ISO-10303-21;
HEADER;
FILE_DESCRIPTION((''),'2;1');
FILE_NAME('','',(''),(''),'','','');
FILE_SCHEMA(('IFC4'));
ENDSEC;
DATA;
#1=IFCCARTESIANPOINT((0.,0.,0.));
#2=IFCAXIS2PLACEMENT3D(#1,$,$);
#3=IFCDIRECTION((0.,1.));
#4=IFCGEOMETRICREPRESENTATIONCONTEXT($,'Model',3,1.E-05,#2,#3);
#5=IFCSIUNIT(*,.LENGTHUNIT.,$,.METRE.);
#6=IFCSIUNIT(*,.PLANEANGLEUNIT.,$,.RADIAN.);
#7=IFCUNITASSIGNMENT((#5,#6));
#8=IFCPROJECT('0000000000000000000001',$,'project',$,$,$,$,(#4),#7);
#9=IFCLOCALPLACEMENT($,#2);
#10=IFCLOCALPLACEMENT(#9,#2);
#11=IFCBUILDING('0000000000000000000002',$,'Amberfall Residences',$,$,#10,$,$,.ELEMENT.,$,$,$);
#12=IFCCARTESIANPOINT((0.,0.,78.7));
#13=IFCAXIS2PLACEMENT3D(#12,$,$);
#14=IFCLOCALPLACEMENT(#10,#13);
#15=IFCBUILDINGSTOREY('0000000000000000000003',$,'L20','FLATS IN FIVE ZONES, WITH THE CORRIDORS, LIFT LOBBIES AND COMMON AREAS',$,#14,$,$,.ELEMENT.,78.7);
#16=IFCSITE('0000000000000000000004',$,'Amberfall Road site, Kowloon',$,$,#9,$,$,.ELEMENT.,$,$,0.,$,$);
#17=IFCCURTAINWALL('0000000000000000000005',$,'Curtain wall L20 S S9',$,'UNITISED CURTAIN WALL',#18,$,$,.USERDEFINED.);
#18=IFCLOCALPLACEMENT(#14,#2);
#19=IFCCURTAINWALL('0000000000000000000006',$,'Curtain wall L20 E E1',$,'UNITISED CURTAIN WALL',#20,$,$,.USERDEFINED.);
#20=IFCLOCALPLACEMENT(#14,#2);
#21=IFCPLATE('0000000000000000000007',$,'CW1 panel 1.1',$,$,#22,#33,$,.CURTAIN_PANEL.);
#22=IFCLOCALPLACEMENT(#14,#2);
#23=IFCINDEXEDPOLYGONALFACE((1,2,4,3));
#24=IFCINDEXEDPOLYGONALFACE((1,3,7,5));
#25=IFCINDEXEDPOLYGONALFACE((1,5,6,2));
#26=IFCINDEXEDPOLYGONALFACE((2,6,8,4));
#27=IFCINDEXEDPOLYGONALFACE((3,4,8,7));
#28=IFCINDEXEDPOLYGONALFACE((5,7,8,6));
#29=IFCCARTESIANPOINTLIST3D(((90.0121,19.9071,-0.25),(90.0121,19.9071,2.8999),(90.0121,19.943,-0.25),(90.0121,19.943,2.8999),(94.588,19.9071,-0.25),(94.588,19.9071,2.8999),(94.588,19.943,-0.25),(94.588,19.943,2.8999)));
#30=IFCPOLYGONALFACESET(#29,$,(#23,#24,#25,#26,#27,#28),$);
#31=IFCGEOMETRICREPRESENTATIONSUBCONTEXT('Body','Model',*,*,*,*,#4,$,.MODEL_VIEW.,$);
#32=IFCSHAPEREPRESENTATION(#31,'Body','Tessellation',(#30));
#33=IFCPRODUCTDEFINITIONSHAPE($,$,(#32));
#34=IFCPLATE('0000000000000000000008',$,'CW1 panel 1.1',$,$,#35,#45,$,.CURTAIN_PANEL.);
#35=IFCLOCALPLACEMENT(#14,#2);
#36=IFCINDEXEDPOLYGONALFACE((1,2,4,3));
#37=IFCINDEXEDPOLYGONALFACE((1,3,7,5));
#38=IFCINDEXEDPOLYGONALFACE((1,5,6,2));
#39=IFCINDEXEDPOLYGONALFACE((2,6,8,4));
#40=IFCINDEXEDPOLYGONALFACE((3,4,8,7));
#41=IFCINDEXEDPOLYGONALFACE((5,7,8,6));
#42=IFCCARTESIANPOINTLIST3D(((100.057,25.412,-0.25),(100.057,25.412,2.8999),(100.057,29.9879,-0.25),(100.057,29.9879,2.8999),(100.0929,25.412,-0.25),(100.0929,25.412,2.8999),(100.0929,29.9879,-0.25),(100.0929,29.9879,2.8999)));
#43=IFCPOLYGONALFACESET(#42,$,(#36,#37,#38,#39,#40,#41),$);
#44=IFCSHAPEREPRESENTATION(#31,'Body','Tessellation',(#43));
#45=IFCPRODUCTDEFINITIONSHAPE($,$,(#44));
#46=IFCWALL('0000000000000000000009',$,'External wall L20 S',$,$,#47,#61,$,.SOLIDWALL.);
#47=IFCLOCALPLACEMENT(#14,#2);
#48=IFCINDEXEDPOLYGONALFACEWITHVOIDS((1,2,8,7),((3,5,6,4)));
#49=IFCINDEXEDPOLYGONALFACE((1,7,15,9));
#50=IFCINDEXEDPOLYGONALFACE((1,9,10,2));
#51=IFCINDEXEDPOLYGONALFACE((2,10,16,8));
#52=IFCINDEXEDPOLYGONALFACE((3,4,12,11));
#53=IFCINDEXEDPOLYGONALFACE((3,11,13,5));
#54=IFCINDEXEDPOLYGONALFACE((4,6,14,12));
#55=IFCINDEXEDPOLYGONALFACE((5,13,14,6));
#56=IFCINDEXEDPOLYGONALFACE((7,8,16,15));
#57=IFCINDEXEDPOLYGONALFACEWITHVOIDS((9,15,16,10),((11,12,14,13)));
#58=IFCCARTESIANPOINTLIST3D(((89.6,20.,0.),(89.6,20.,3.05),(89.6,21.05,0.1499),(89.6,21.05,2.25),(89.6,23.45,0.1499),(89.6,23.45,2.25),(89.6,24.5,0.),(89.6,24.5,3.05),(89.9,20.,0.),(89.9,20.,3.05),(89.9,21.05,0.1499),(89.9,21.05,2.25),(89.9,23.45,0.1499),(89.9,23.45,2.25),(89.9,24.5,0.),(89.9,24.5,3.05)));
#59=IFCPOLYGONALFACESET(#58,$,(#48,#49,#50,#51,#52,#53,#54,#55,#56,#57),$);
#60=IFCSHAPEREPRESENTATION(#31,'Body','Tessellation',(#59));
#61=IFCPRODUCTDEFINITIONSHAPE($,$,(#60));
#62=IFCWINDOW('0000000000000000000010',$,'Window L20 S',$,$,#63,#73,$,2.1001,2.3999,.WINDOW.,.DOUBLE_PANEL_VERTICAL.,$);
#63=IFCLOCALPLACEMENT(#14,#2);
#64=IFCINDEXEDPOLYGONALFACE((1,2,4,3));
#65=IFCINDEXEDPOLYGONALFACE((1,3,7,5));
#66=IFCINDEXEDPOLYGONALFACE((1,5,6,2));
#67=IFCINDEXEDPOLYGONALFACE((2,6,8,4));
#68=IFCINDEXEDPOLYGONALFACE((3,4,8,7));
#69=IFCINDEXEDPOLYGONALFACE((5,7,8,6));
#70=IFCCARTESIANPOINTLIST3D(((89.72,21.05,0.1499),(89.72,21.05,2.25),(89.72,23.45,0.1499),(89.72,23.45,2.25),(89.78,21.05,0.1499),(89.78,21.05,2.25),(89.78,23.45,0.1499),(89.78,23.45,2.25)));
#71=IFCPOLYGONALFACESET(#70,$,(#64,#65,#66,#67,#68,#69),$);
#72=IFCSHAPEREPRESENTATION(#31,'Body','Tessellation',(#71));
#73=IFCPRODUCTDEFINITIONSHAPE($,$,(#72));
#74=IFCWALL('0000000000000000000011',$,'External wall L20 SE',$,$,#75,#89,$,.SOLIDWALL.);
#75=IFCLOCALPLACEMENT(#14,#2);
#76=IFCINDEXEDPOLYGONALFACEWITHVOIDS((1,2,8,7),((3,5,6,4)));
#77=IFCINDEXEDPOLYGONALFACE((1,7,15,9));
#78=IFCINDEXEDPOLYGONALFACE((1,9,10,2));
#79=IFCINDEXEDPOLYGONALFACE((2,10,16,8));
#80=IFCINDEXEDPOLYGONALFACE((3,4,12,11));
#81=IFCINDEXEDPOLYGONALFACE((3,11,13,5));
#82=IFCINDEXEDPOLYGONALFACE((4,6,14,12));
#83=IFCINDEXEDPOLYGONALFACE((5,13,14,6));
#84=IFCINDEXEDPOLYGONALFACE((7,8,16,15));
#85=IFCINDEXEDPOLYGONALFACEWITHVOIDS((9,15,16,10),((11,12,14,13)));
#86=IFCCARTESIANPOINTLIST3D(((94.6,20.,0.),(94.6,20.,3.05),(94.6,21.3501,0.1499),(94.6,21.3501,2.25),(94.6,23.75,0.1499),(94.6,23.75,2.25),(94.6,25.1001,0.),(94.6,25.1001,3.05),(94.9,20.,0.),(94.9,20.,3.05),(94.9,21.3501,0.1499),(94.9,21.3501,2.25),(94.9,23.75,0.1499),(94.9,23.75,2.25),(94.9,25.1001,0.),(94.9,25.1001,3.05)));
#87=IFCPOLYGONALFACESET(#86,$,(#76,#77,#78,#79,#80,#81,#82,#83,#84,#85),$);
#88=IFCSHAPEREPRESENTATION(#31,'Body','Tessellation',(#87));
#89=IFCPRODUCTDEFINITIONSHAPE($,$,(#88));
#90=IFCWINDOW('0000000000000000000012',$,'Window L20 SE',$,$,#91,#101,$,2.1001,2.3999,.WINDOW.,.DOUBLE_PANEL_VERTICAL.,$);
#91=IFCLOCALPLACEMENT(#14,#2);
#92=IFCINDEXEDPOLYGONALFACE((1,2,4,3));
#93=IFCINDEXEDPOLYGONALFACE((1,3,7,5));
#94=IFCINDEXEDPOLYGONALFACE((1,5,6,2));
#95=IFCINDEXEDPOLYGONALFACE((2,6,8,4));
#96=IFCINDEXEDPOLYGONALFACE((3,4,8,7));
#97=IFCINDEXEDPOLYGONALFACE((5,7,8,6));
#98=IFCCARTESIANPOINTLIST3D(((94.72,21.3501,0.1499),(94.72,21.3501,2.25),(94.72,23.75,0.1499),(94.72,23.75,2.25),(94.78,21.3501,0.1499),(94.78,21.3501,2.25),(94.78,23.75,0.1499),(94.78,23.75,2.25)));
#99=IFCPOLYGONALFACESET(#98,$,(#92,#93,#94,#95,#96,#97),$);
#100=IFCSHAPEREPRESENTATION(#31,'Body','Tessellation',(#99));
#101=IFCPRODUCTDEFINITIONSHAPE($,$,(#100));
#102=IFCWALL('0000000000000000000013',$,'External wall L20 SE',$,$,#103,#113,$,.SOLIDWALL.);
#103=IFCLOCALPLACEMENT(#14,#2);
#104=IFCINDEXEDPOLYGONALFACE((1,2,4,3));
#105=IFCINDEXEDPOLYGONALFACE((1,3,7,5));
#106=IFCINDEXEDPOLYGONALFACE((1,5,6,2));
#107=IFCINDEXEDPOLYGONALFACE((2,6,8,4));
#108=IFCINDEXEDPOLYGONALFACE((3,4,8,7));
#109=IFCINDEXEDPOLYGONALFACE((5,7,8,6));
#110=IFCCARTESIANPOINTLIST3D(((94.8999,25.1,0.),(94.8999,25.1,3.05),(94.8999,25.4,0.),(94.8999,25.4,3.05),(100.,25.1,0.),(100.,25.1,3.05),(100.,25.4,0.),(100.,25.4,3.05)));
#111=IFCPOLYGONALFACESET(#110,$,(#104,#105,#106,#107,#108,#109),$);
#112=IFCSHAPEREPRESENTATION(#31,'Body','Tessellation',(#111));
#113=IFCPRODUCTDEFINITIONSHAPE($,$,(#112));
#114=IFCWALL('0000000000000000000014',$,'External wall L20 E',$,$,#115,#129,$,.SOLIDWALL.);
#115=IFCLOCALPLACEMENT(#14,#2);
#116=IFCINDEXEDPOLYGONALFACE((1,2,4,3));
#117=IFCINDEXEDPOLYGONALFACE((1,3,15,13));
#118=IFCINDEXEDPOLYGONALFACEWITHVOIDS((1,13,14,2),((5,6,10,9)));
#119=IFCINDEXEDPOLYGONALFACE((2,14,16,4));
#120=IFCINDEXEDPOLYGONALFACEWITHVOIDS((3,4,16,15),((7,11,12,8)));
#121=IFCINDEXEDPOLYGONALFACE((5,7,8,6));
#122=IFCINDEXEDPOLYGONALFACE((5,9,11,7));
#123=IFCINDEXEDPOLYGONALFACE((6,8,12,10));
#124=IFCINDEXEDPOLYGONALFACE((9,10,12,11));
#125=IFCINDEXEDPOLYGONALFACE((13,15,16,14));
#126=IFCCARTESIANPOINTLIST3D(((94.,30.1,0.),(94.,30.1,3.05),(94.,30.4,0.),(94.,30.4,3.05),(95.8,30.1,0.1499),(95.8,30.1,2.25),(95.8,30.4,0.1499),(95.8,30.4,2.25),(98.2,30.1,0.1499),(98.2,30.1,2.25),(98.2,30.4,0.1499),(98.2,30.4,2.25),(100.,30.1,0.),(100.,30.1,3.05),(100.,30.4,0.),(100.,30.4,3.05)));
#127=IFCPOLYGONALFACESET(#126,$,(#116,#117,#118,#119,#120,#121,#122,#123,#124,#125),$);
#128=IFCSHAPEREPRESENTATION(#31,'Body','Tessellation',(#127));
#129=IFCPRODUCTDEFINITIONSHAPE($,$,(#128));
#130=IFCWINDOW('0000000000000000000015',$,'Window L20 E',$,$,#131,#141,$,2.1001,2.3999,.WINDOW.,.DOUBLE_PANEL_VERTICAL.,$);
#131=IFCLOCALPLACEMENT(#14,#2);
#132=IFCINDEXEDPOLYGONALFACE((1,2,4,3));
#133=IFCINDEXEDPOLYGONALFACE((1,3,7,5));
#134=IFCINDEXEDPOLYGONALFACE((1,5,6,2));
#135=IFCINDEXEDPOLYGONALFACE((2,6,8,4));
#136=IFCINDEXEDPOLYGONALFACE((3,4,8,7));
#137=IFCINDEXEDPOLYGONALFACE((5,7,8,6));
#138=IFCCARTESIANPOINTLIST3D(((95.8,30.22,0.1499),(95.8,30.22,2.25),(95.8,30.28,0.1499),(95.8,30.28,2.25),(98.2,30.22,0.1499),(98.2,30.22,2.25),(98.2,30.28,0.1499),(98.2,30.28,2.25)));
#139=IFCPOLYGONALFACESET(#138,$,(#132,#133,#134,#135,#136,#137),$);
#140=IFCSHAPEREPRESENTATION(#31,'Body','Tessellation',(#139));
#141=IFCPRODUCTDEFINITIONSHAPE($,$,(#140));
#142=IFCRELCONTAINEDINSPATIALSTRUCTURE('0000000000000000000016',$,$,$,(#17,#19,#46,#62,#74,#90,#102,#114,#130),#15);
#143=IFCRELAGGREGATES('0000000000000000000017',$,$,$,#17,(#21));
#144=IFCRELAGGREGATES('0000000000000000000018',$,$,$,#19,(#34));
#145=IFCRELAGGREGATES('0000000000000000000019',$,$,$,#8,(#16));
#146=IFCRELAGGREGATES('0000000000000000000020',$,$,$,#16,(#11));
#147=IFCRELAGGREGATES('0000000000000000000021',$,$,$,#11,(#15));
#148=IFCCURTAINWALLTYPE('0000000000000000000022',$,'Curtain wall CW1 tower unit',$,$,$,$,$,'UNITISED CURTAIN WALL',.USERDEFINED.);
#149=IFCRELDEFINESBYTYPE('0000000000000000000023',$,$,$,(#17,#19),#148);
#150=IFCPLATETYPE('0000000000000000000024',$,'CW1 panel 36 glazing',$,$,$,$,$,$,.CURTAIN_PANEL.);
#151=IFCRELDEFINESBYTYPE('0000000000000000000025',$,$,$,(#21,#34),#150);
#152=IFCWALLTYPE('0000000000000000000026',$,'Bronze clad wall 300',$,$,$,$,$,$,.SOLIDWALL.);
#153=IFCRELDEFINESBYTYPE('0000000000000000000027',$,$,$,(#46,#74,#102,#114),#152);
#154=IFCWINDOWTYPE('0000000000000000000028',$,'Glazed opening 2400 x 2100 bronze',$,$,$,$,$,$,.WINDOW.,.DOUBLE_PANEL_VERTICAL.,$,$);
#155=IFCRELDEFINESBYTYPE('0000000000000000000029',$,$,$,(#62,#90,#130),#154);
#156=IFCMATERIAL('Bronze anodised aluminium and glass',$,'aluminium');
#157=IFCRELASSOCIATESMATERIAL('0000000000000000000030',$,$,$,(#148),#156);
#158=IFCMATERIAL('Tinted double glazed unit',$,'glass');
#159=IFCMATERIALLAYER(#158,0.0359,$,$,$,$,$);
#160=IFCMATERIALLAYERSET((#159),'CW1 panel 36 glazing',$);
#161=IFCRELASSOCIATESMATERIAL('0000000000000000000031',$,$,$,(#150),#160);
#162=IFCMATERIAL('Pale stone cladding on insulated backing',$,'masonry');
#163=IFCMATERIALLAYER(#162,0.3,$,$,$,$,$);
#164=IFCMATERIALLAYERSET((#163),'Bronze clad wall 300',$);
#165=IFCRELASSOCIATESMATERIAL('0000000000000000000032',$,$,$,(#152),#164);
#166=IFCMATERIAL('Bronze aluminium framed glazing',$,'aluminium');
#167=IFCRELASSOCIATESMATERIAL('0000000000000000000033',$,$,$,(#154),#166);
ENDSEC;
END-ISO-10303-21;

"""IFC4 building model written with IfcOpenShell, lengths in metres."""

from ifc_helpers import new_model, si_unit, direction, frame, frame_2d, origin, origin_2d, place, context, subcontext, project, spatial, rectangle, extrude, material, layer, layer_set, type_object, element, fill, aggregate, save


model = new_model("IFC4")

# Units and contexts
model_context = context("Model", 3, precision=1e-05, world=origin(), true_north=direction((0.0, 1.0)))
body_context = subcontext(model_context, "Body", "Model", "MODEL_VIEW")
ifc_project = project(units=[si_unit("LENGTHUNIT", "METRE"), si_unit("PLANEANGLEUNIT", "RADIAN")], contexts=[model_context])

# Site, building, storey
site_placement = place(None, origin())
site = spatial("IfcSite", under=ifc_project, at=site_placement, Name="Amberfall Road site, Kowloon", CompositionType="ELEMENT", RefElevation=0.0)
building_placement = place(site_placement, origin())
building = spatial("IfcBuilding", under=site, at=building_placement, Name="Amberfall Residences", CompositionType="ELEMENT")
storey_placement = place(building_placement, frame((0.0, 0.0, 78.7)))
storey = spatial("IfcBuildingStorey", under=building, at=storey_placement, Name="L20", Description="FLATS IN FIVE ZONES, WITH THE CORRIDORS, LIFT LOBBIES AND COMMON AREAS", CompositionType="ELEMENT", Elevation=78.7)

# Curtain walls
ifc_material_1 = material(Name="Bronze anodised aluminium and glass", Category="aluminium")
curtain_wall_type = type_object("IfcCurtainWallType", Name="Curtain wall CW1 tower unit", ElementType="UNITISED CURTAIN WALL", PredefinedType="USERDEFINED", material=ifc_material_1)
curtain_wall_1_placement = place(storey_placement, origin())
curtain_wall_1 = element("IfcCurtainWall", 1, at=curtain_wall_1_placement, inside=storey, type_object=curtain_wall_type, Name="Curtain wall L20 S S9", ObjectType="UNITISED CURTAIN WALL", PredefinedType="USERDEFINED")
curtain_wall_2_placement = place(storey_placement, origin())
curtain_wall_2 = element("IfcCurtainWall", 2, at=curtain_wall_2_placement, inside=storey, type_object=curtain_wall_type, Name="Curtain wall L20 E E1", ObjectType="UNITISED CURTAIN WALL", PredefinedType="USERDEFINED")

# Plates
ifc_material_2 = material(Name="Tinted double glazed unit", Category="glass")
ifc_layer_1 = layer(ifc_material_2, 0.0359)
ifc_layer_set_1 = layer_set([ifc_layer_1], Name="CW1 panel 36 glazing")
plate_type = type_object("IfcPlateType", Name="CW1 panel 36 glazing", PredefinedType="CURTAIN_PANEL", material=ifc_layer_set_1)
plate_1_placement = place(storey_placement, frame((92.3, 19.925, -0.25), z_axis=(0.0, 0.0, 1.0), x_axis=(1.0, 0.0, 0.0)))
plate_1 = element("IfcPlate", 3, at=plate_1_placement, type_object=plate_type, Name="CW1 panel 1.1", PredefinedType="CURTAIN_PANEL", context=body_context, shape_type="SweptSolid", body=[
    extrude(rectangle(XDim=4.5759, YDim=0.0359, at=origin_2d()), origin(), (0.0, 0.0, 1.0), 3.1499),
])
aggregate(curtain_wall_1, [plate_1])
plate_2_placement = place(storey_placement, frame((100.075, 27.7, -0.25), z_axis=(0.0, 0.0, 1.0), x_axis=(0.0, 1.0, 0.0)))
plate_2 = element("IfcPlate", 4, at=plate_2_placement, type_object=plate_type, Name="CW1 panel 1.1", PredefinedType="CURTAIN_PANEL", context=body_context, shape_type="SweptSolid", body=[
    extrude(rectangle(XDim=4.5759, YDim=0.0359, at=origin_2d()), origin(), (0.0, 0.0, 1.0), 3.1499),
])
aggregate(curtain_wall_2, [plate_2])

# Walls, openings, windows
ifc_material_3 = material(Name="Pale stone cladding on insulated backing", Category="masonry")
ifc_layer_2 = layer(ifc_material_3, 0.3)
ifc_layer_set_2 = layer_set([ifc_layer_2], Name="Bronze clad wall 300")
wall_type_1 = type_object("IfcWallType", Name="Bronze clad wall 300", PredefinedType="SOLIDWALL", material=ifc_layer_set_2)
wall_1_placement = place(storey_placement, frame((89.75, 24.5, 0.0), z_axis=(0.0, 0.0, 1.0), x_axis=(0.0, -1.0, 0.0)))
wall_1 = element("IfcWall", 5, at=wall_1_placement, inside=storey, type_object=wall_type_1, Name="External wall L20 S", PredefinedType="SOLIDWALL", context=body_context, shape_type="SweptSolid", body=[
    extrude(rectangle(XDim=4.5, YDim=0.3, at=frame_2d((2.25, 0.0))), origin(), (0.0, 0.0, 1.0), 3.05),
])
opening_1_placement = place(wall_1_placement, frame((1.05, 0.0, 0.1499)))
opening_1 = element("IfcOpeningElement", 6, at=opening_1_placement, cuts=wall_1, PredefinedType="OPENING", context=body_context, shape_type="SweptSolid", body=[
    extrude(rectangle(XDim=2.3999, YDim=2.1001, at=frame_2d((1.2, 1.05))), frame((0.0, 0.1599, 0.0), z_axis=(0.0, -1.0, 0.0), x_axis=(1.0, 0.0, 0.0)), (0.0, 0.0, 1.0), 0.3201),
])
ifc_material_4 = material(Name="Bronze aluminium framed glazing", Category="aluminium")
window_type_1 = type_object("IfcWindowType", Name="Glazed opening 2400 x 2100 bronze", PartitioningType="DOUBLE_PANEL_VERTICAL", PredefinedType="WINDOW", material=ifc_material_4)
window_1_placement = place(opening_1_placement, origin())
window_1 = element("IfcWindow", 7, at=window_1_placement, inside=storey, type_object=window_type_1, Name="Window L20 S", OverallHeight=2.1001, OverallWidth=2.3999, PartitioningType="DOUBLE_PANEL_VERTICAL", PredefinedType="WINDOW", context=body_context, shape_type="SweptSolid", body=[
    extrude(rectangle(XDim=2.3999, YDim=2.1001, at=frame_2d((1.2, 1.05))), frame((0.0, 0.03, 0.0), z_axis=(0.0, -1.0, 0.0), x_axis=(1.0, 0.0, 0.0)), (0.0, 0.0, 1.0), 0.0601),
])
fill(opening_1, window_1)
wall_2_placement = place(storey_placement, frame((94.75, 20.0, 0.0), z_axis=(0.0, 0.0, 1.0), x_axis=(0.0, 1.0, 0.0)))
wall_2 = element("IfcWall", 8, at=wall_2_placement, inside=storey, type_object=wall_type_1, Name="External wall L20 SE", PredefinedType="SOLIDWALL", context=body_context, shape_type="SweptSolid", body=[
    extrude(rectangle(XDim=5.1001, YDim=0.3, at=frame_2d((2.55, 0.0))), origin(), (0.0, 0.0, 1.0), 3.05),
])
opening_2_placement = place(wall_2_placement, frame((1.3501, 0.0, 0.1499)))
opening_2 = element("IfcOpeningElement", 9, at=opening_2_placement, cuts=wall_2, PredefinedType="OPENING", context=body_context, shape_type="SweptSolid", body=[
    extrude(rectangle(XDim=2.3999, YDim=2.1001, at=frame_2d((1.2, 1.05))), frame((0.0, 0.1599, 0.0), z_axis=(0.0, -1.0, 0.0), x_axis=(1.0, 0.0, 0.0)), (0.0, 0.0, 1.0), 0.3201),
])
window_2_placement = place(opening_2_placement, origin())
window_2 = element("IfcWindow", 10, at=window_2_placement, inside=storey, type_object=window_type_1, Name="Window L20 SE", OverallHeight=2.1001, OverallWidth=2.3999, PartitioningType="DOUBLE_PANEL_VERTICAL", PredefinedType="WINDOW", context=body_context, shape_type="SweptSolid", body=[
    extrude(rectangle(XDim=2.3999, YDim=2.1001, at=frame_2d((1.2, 1.05))), frame((0.0, 0.03, 0.0), z_axis=(0.0, -1.0, 0.0), x_axis=(1.0, 0.0, 0.0)), (0.0, 0.0, 1.0), 0.0601),
])
fill(opening_2, window_2)

# Wall
wall_3_placement = place(storey_placement, frame((94.8999, 25.25, 0.0), z_axis=(0.0, 0.0, 1.0), x_axis=(1.0, 0.0, 0.0)))
element("IfcWall", 11, at=wall_3_placement, inside=storey, type_object=wall_type_1, Name="External wall L20 SE", PredefinedType="SOLIDWALL", context=body_context, shape_type="SweptSolid", body=[
    extrude(rectangle(XDim=5.1001, YDim=0.3, at=frame_2d((2.55, 0.0))), origin(), (0.0, 0.0, 1.0), 3.05),
])

# Wall, opening, window
wall_4_placement = place(storey_placement, frame((100.0, 30.25, 0.0), z_axis=(0.0, 0.0, 1.0), x_axis=(-1.0, 0.0, 0.0)))
wall_4 = element("IfcWall", 12, at=wall_4_placement, inside=storey, type_object=wall_type_1, Name="External wall L20 E", PredefinedType="SOLIDWALL", context=body_context, shape_type="SweptSolid", body=[
    extrude(rectangle(XDim=6.0, YDim=0.3, at=frame_2d((3.0, 0.0))), origin(), (0.0, 0.0, 1.0), 3.05),
])
opening_3_placement = place(wall_4_placement, frame((1.8, 0.0, 0.1499)))
opening_3 = element("IfcOpeningElement", 13, at=opening_3_placement, cuts=wall_4, PredefinedType="OPENING", context=body_context, shape_type="SweptSolid", body=[
    extrude(rectangle(XDim=2.3999, YDim=2.1001, at=frame_2d((1.2, 1.05))), frame((0.0, 0.1599, 0.0), z_axis=(0.0, -1.0, 0.0), x_axis=(1.0, 0.0, 0.0)), (0.0, 0.0, 1.0), 0.3201),
])
window_3_placement = place(opening_3_placement, origin())
window_3 = element("IfcWindow", 14, at=window_3_placement, inside=storey, type_object=window_type_1, Name="Window L20 E", OverallHeight=2.1001, OverallWidth=2.3999, PartitioningType="DOUBLE_PANEL_VERTICAL", PredefinedType="WINDOW", context=body_context, shape_type="SweptSolid", body=[
    extrude(rectangle(XDim=2.3999, YDim=2.1001, at=frame_2d((1.2, 1.05))), frame((0.0, 0.03, 0.0), z_axis=(0.0, -1.0, 0.0), x_axis=(1.0, 0.0, 0.0)), (0.0, 0.0, 1.0), 0.0601),
])
fill(opening_3, window_3)

save(model, "model.ifc")
